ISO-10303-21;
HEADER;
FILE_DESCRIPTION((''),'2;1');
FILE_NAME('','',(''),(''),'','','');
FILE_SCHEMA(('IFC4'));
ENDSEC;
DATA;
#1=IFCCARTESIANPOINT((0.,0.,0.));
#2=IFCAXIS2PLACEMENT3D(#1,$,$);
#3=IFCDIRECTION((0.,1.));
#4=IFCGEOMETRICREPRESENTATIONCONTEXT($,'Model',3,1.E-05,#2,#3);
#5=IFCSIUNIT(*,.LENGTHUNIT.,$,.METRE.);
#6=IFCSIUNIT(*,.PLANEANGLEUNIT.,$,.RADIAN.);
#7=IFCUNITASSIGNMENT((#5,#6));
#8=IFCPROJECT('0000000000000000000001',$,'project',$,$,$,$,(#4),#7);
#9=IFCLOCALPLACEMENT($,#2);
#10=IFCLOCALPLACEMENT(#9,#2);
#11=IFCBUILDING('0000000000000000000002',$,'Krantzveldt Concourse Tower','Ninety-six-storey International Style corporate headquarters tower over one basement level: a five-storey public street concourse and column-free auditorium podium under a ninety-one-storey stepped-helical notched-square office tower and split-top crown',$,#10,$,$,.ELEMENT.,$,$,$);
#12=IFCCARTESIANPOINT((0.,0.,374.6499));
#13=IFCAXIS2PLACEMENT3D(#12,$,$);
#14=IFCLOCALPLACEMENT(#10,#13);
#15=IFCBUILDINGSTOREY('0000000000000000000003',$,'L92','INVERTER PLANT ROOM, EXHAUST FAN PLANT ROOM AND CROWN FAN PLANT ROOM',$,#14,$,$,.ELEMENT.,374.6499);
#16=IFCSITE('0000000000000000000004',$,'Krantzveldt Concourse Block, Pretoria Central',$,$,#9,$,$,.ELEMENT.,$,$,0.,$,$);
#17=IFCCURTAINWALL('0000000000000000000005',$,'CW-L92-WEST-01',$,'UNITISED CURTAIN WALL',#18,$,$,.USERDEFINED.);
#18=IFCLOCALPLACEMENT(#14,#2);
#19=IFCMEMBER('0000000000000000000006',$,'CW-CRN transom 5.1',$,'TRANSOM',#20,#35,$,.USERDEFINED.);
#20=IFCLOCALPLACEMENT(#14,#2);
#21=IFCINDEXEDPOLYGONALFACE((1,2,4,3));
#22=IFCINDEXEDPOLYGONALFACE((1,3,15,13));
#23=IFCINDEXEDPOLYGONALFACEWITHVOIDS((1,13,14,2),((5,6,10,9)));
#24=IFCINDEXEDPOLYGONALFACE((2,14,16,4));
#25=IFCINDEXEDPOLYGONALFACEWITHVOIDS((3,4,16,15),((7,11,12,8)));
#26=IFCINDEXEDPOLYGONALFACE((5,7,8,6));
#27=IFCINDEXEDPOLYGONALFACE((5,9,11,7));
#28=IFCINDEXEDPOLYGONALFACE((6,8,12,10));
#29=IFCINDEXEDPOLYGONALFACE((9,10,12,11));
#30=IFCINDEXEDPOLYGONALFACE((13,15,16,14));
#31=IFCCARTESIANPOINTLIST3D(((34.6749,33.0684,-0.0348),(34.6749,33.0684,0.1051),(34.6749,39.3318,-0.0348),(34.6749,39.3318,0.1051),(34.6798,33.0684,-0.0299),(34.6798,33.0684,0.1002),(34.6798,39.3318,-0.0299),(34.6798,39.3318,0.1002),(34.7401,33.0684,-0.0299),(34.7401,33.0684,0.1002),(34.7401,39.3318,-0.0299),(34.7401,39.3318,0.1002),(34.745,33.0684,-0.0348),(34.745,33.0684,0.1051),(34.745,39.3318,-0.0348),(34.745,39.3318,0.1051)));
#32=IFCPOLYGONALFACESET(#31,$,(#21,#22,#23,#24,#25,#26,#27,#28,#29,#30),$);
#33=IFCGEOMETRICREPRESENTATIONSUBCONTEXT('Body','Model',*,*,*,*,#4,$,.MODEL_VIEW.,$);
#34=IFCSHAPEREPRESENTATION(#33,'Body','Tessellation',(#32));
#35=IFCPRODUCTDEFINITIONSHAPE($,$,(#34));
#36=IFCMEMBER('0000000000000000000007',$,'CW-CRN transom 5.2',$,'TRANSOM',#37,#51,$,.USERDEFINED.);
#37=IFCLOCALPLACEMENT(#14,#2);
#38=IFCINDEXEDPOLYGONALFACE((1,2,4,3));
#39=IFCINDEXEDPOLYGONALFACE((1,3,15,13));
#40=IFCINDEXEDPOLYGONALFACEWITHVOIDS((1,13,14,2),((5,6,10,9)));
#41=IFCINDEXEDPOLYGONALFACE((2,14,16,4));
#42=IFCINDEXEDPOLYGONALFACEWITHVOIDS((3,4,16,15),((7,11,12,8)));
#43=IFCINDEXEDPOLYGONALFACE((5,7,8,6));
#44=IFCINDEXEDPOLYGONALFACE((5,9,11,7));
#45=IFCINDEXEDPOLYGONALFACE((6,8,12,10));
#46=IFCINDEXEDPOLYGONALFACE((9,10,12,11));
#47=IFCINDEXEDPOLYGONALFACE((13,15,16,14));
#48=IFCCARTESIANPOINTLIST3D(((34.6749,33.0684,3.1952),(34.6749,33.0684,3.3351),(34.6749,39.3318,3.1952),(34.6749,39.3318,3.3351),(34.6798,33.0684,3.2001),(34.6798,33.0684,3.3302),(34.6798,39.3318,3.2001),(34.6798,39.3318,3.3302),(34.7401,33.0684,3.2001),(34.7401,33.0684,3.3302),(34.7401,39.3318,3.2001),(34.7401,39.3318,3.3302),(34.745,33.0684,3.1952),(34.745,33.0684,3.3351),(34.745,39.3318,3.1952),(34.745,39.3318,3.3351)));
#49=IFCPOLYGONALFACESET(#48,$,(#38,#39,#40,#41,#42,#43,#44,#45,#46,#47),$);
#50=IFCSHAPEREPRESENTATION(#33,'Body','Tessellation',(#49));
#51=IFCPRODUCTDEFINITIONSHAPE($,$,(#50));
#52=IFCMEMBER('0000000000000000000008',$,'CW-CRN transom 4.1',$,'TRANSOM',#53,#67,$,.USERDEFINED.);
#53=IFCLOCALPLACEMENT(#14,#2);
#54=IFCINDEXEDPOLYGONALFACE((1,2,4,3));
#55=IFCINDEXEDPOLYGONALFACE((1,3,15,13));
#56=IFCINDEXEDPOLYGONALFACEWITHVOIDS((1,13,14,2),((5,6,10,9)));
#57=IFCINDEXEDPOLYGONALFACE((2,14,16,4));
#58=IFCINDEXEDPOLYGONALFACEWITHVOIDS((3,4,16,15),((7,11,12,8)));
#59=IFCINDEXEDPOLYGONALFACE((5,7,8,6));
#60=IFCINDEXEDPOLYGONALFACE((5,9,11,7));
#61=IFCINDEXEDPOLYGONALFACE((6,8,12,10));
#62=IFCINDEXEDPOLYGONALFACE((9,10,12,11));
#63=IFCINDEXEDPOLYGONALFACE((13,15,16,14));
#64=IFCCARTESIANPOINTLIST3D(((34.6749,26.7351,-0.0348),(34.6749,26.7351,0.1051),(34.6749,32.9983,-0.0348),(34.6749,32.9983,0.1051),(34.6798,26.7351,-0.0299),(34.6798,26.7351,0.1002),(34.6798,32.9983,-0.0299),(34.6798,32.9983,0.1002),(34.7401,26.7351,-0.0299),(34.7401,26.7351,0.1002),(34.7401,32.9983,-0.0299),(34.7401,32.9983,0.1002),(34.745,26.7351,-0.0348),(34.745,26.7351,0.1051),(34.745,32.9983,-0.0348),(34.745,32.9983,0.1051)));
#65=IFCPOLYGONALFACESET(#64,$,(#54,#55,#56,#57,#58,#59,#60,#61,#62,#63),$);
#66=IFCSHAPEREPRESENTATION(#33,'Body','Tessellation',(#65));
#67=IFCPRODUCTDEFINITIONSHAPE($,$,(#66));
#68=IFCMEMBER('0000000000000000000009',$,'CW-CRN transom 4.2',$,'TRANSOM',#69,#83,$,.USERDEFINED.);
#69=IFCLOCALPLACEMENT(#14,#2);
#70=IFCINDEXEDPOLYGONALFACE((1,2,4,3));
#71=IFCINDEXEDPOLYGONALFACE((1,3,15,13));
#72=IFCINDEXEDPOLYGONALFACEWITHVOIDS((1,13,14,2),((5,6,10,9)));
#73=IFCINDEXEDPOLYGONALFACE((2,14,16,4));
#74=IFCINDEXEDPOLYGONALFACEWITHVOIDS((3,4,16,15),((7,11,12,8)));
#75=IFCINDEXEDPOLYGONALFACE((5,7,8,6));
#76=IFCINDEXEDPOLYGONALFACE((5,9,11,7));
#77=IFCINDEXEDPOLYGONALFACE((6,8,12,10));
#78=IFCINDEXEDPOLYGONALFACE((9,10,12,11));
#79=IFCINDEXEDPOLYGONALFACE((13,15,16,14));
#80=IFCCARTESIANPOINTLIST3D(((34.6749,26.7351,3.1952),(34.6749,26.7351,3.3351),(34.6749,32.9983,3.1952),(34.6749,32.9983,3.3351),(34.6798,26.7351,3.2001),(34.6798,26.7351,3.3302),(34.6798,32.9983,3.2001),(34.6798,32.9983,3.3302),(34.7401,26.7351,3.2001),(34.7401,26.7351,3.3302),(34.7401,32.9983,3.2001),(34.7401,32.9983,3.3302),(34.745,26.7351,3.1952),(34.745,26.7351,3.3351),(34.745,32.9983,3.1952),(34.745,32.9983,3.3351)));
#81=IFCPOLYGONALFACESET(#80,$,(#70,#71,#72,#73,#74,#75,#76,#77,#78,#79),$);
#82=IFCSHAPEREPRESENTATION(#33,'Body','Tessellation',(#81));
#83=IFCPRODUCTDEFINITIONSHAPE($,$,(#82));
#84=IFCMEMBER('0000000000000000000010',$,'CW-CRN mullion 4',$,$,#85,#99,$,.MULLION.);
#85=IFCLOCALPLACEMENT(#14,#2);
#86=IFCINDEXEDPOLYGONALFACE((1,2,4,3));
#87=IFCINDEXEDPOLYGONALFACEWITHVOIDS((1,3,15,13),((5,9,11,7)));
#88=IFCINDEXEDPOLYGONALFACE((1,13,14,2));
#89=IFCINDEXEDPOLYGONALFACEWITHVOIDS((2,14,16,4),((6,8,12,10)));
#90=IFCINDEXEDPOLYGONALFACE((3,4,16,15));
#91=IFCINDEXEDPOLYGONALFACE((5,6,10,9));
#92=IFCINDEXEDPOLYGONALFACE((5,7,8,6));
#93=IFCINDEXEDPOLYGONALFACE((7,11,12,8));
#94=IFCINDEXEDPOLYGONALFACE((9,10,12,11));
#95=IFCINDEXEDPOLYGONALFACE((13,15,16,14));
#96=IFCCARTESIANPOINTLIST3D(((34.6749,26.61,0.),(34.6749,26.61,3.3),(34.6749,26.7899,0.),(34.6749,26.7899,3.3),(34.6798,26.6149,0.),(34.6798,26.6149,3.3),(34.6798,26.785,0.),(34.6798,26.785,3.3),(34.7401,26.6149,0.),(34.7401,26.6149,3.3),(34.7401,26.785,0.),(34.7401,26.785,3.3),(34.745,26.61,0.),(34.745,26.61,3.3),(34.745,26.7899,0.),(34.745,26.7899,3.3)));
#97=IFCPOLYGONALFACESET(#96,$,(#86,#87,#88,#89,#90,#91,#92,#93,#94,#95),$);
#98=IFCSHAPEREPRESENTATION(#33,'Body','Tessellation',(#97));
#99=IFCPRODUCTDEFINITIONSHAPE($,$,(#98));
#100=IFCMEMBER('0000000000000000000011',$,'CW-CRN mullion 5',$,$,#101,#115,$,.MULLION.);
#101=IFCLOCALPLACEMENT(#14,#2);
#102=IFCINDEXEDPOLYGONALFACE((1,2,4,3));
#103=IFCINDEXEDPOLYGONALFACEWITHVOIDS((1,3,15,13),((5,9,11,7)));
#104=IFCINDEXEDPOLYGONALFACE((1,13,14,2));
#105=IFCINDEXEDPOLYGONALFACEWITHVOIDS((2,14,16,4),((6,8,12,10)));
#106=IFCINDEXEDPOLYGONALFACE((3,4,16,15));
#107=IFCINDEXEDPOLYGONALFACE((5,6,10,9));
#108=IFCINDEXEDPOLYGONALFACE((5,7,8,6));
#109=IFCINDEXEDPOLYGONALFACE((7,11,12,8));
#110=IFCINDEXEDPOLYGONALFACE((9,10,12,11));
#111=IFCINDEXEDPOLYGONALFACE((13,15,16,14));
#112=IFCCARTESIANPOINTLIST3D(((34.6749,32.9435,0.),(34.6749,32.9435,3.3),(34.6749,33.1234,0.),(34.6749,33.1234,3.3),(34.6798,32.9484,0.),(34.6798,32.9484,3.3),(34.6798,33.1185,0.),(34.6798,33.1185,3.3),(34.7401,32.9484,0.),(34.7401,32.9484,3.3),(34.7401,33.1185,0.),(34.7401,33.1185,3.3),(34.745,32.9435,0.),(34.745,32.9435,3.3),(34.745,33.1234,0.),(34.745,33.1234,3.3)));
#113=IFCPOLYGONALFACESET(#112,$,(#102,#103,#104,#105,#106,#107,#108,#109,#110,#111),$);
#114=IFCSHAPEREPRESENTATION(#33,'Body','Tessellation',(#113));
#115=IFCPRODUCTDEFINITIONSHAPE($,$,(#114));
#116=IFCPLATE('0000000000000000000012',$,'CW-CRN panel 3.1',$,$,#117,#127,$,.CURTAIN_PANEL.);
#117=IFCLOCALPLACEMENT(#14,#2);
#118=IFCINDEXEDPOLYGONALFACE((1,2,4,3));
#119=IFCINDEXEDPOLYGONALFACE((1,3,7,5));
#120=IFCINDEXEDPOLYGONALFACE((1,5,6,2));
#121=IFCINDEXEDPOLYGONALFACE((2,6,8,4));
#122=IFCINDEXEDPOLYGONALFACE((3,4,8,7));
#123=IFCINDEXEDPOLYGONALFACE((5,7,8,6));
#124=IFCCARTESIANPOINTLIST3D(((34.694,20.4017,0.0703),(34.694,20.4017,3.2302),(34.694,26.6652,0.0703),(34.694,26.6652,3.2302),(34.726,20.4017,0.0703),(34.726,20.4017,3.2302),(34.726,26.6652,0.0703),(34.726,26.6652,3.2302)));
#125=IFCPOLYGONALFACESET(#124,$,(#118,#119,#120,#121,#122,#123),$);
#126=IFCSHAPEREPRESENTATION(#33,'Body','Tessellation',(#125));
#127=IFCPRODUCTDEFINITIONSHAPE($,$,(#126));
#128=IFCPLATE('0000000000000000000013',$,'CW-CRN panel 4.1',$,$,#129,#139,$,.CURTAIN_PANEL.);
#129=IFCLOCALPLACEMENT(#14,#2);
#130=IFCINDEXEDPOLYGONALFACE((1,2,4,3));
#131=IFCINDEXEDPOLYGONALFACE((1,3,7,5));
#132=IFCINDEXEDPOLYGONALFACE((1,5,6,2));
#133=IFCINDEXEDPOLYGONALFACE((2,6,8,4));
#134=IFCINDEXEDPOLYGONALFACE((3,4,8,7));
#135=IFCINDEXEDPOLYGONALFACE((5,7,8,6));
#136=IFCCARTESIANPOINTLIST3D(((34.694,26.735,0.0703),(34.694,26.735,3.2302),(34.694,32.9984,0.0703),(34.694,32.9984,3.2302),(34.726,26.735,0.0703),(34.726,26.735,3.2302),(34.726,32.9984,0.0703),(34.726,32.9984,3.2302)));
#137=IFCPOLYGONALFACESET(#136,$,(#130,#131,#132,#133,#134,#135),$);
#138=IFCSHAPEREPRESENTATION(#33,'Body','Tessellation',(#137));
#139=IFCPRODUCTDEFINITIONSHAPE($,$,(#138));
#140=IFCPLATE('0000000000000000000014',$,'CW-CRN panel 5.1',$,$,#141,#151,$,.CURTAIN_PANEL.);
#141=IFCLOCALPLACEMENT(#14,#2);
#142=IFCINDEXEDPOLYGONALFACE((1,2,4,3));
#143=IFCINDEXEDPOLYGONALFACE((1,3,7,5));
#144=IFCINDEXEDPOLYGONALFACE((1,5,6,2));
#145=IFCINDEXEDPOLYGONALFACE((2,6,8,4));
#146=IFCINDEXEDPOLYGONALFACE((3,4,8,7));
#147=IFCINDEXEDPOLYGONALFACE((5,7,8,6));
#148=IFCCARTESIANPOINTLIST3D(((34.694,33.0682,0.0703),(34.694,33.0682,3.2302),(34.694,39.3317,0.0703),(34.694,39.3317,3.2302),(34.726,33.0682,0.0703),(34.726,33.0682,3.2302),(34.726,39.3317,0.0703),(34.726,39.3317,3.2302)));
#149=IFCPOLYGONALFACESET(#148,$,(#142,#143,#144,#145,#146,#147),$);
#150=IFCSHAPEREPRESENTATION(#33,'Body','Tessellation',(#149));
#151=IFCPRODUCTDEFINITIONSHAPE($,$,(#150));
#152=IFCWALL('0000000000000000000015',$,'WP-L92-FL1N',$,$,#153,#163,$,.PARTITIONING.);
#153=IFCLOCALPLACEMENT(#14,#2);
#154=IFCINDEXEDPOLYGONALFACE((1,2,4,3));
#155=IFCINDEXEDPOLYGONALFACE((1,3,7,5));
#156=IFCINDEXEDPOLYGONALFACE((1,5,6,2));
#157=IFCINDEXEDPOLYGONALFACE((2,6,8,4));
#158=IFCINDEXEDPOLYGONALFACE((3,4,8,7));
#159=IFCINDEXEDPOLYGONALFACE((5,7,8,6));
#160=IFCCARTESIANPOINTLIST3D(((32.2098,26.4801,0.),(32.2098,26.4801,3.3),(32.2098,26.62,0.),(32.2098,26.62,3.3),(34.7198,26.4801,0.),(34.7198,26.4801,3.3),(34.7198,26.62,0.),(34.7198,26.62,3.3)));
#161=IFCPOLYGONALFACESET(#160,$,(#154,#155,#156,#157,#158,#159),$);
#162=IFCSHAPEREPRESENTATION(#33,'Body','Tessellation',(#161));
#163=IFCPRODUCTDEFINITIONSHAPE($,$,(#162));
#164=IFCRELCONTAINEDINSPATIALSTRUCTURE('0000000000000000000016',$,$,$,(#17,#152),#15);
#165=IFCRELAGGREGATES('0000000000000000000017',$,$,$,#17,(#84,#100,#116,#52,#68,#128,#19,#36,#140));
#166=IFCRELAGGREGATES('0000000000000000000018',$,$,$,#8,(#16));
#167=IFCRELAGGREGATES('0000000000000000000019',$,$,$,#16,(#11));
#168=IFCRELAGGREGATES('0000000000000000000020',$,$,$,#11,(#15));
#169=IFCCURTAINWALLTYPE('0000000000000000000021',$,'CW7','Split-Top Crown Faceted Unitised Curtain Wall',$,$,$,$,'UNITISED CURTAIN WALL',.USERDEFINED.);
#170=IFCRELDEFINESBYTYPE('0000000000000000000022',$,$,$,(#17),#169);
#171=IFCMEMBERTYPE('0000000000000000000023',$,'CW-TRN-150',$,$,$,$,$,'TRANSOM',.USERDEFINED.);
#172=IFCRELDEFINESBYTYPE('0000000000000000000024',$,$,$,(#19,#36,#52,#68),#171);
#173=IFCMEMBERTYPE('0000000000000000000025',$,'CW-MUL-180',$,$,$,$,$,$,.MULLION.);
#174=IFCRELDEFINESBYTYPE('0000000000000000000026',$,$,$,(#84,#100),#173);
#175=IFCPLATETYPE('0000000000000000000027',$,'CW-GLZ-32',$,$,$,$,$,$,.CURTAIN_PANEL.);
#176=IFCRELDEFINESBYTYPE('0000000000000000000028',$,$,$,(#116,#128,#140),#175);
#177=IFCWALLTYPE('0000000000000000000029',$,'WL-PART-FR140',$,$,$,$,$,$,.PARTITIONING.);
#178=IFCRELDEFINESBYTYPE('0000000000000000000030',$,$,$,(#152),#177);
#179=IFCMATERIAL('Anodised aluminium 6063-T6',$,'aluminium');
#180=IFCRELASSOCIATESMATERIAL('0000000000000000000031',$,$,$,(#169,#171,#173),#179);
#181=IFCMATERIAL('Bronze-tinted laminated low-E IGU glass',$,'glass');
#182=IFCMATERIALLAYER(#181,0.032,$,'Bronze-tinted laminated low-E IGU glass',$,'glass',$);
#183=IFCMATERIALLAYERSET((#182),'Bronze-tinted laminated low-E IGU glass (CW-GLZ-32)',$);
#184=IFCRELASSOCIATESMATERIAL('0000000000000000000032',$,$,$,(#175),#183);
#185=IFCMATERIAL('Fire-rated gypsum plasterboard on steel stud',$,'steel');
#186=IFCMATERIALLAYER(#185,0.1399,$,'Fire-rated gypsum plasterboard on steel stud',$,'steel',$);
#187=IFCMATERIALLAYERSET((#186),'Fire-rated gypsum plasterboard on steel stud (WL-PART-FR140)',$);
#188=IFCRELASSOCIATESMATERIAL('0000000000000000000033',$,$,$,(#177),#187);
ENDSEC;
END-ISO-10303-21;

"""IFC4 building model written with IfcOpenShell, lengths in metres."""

from ifc_helpers import new_model, si_unit, direction, frame, frame_2d, origin, origin_2d, place, context, subcontext, project, spatial, rectangle, hollow_rectangle, extrude, source, transform, mapped, material, layer, layer_set, material_profile, profile_set, type_object, type_shapes, element, aggregate, save


model = new_model("IFC4")

# Units and contexts
model_context = context("Model", 3, precision=1e-05, world=origin(), true_north=direction((0.0, 1.0)))
body_context = subcontext(model_context, "Body", "Model", "MODEL_VIEW")
ifc_project = project(units=[si_unit("LENGTHUNIT", "METRE"), si_unit("PLANEANGLEUNIT", "RADIAN")], contexts=[model_context])

# Site, building, storey
site_placement = place(None, origin())
site = spatial("IfcSite", under=ifc_project, at=site_placement, Name="Krantzveldt Concourse Block, Pretoria Central", CompositionType="ELEMENT", RefElevation=0.0)
building_placement = place(site_placement, origin())
building = spatial("IfcBuilding", under=site, at=building_placement, Name="Krantzveldt Concourse Tower", Description="Ninety-six-storey International Style corporate headquarters tower over one basement level: a five-storey public street concourse and column-free auditorium podium under a ninety-one-storey stepped-helical notched-square office tower and split-top crown", CompositionType="ELEMENT")
storey_placement = place(building_placement, frame((0.0, 0.0, 374.6499)))
storey = spatial("IfcBuildingStorey", under=building, at=storey_placement, Name="L92", Description="INVERTER PLANT ROOM, EXHAUST FAN PLANT ROOM AND CROWN FAN PLANT ROOM", CompositionType="ELEMENT", Elevation=374.6499)

# Curtain wall, members, plates
ifc_material_1 = material(Name="Anodised aluminium 6063-T6", Category="aluminium")
curtain_wall_type = type_object("IfcCurtainWallType", Name="CW7", Description="Split-Top Crown Faceted Unitised Curtain Wall", ElementType="UNITISED CURTAIN WALL", PredefinedType="USERDEFINED", material=ifc_material_1)
curtain_wall_placement = place(storey_placement, origin())
curtain_wall = element("IfcCurtainWall", 1, at=curtain_wall_placement, inside=storey, type_object=curtain_wall_type, Name="CW-L92-WEST-01", ObjectType="UNITISED CURTAIN WALL", PredefinedType="USERDEFINED")
ifc_material_profile_1 = material_profile(ifc_material_1, hollow_rectangle(XDim=0.0701, YDim=0.1399, WallThickness=0.0049, at=origin_2d()), Name="Anodised aluminium 6063-T6", Category="aluminium")
ifc_profile_set_1 = profile_set([ifc_material_profile_1], Name="Anodised aluminium 6063-T6 - ALU-TRAN 140x70x5")
member_type_1 = type_object("IfcMemberType", Name="CW-TRN-150", ElementType="TRANSOM", PredefinedType="USERDEFINED", material=ifc_profile_set_1)
shared_shape_1 = source(origin(), body_context, "Body", "SweptSolid", [
    extrude(hollow_rectangle(XDim=0.0701, YDim=0.1399, WallThickness=0.0049, at=origin_2d()), origin(), (0.0, 0.0, 1.0), 6.2634),
])
member_1_placement = place(storey_placement, frame((34.71, 33.0684, 0.0352), z_axis=(0.0, 1.0, 0.0), x_axis=(-1.0, 0.0, 0.0)))
member_1 = element("IfcMember", 2, at=member_1_placement, type_object=member_type_1, Name="CW-CRN transom 5.1", ObjectType="TRANSOM", PredefinedType="USERDEFINED", context=body_context, shape_type="MappedRepresentation", body=[
    mapped(shared_shape_1, transform((0.0, 0.0, 0.0), x_axis=(1.0, 0.0, 0.0), y_axis=(0.0, 1.0, 0.0), z_axis=(0.0, 0.0, 1.0), scale=1.0)),
])
member_2_placement = place(storey_placement, frame((34.71, 33.0684, 3.2651), z_axis=(0.0, 1.0, 0.0), x_axis=(-1.0, 0.0, 0.0)))
member_2 = element("IfcMember", 3, at=member_2_placement, type_object=member_type_1, Name="CW-CRN transom 5.2", ObjectType="TRANSOM", PredefinedType="USERDEFINED", context=body_context, shape_type="MappedRepresentation", body=[
    mapped(shared_shape_1, transform((0.0, 0.0, 0.0), x_axis=(1.0, 0.0, 0.0), y_axis=(0.0, 1.0, 0.0), z_axis=(0.0, 0.0, 1.0), scale=1.0)),
])
shared_shape_2 = source(origin(), body_context, "Body", "SweptSolid", [
    extrude(hollow_rectangle(XDim=0.0701, YDim=0.1399, WallThickness=0.0049, at=origin_2d()), origin(), (0.0, 0.0, 1.0), 6.2632),
])
type_shapes(member_type_1, [shared_shape_1, shared_shape_2])
member_3_placement = place(storey_placement, frame((34.71, 26.7351, 0.0352), z_axis=(0.0, 1.0, 0.0), x_axis=(-1.0, 0.0, 0.0)))
member_3 = element("IfcMember", 4, at=member_3_placement, type_object=member_type_1, Name="CW-CRN transom 4.1", ObjectType="TRANSOM", PredefinedType="USERDEFINED", context=body_context, shape_type="MappedRepresentation", body=[
    mapped(shared_shape_2, transform((0.0, 0.0, 0.0), x_axis=(1.0, 0.0, 0.0), y_axis=(0.0, 1.0, 0.0), z_axis=(0.0, 0.0, 1.0), scale=1.0)),
])
member_4_placement = place(storey_placement, frame((34.71, 26.7351, 3.2651), z_axis=(0.0, 1.0, 0.0), x_axis=(-1.0, 0.0, 0.0)))
member_4 = element("IfcMember", 5, at=member_4_placement, type_object=member_type_1, Name="CW-CRN transom 4.2", ObjectType="TRANSOM", PredefinedType="USERDEFINED", context=body_context, shape_type="MappedRepresentation", body=[
    mapped(shared_shape_2, transform((0.0, 0.0, 0.0), x_axis=(1.0, 0.0, 0.0), y_axis=(0.0, 1.0, 0.0), z_axis=(0.0, 0.0, 1.0), scale=1.0)),
])
ifc_material_profile_2 = material_profile(ifc_material_1, hollow_rectangle(XDim=0.0701, YDim=0.1799, WallThickness=0.0049, at=origin_2d()), Name="Anodised aluminium 6063-T6", Category="aluminium")
ifc_profile_set_2 = profile_set([ifc_material_profile_2], Name="Anodised aluminium 6063-T6 - ALU-MULL 180x70x5")
member_type_2 = type_object("IfcMemberType", Name="CW-MUL-180", PredefinedType="MULLION", material=ifc_profile_set_2)
shared_shape_3 = source(origin(), body_context, "Body", "SweptSolid", [
    extrude(hollow_rectangle(XDim=0.0701, YDim=0.1799, WallThickness=0.0049, at=origin_2d()), origin(), (0.0, 0.0, 1.0), 3.3),
])
type_shapes(member_type_2, [shared_shape_3])
member_5_placement = place(storey_placement, frame((34.71, 26.7, 0.0), z_axis=(0.0, 0.0, 1.0), x_axis=(-1.0, 0.0, 0.0)))
member_5 = element("IfcMember", 6, at=member_5_placement, type_object=member_type_2, Name="CW-CRN mullion 4", PredefinedType="MULLION", context=body_context, shape_type="MappedRepresentation", body=[
    mapped(shared_shape_3, transform((0.0, 0.0, 0.0), x_axis=(1.0, 0.0, 0.0), y_axis=(0.0, 1.0, 0.0), z_axis=(0.0, 0.0, 1.0), scale=1.0)),
])
member_6_placement = place(storey_placement, frame((34.71, 33.0334, 0.0), z_axis=(0.0, 0.0, 1.0), x_axis=(-1.0, 0.0, 0.0)))
member_6 = element("IfcMember", 7, at=member_6_placement, type_object=member_type_2, Name="CW-CRN mullion 5", PredefinedType="MULLION", context=body_context, shape_type="MappedRepresentation", body=[
    mapped(shared_shape_3, transform((0.0, 0.0, 0.0), x_axis=(1.0, 0.0, 0.0), y_axis=(0.0, 1.0, 0.0), z_axis=(0.0, 0.0, 1.0), scale=1.0)),
])
ifc_material_2 = material(Name="Bronze-tinted laminated low-E IGU glass", Category="glass")
ifc_layer_1 = layer(ifc_material_2, 0.032, Name="Bronze-tinted laminated low-E IGU glass", Category="glass")
ifc_layer_set_1 = layer_set([ifc_layer_1], Name="Bronze-tinted laminated low-E IGU glass (CW-GLZ-32)")
plate_type = type_object("IfcPlateType", Name="CW-GLZ-32", PredefinedType="CURTAIN_PANEL", material=ifc_layer_set_1)
shared_shape_4 = source(origin(), body_context, "Body", "SweptSolid", [
    extrude(rectangle(XDim=6.2634, YDim=0.032, at=origin_2d()), origin(), (0.0, 0.0, 1.0), 3.1599),
])
type_shapes(plate_type, [shared_shape_4])
plate_1_placement = place(storey_placement, frame((34.71, 23.5334, 0.0703), z_axis=(0.0, 0.0, 1.0), x_axis=(0.0, 1.0, 0.0)))
plate_1 = element("IfcPlate", 8, at=plate_1_placement, type_object=plate_type, Name="CW-CRN panel 3.1", PredefinedType="CURTAIN_PANEL", context=body_context, shape_type="MappedRepresentation", body=[
    mapped(shared_shape_4, transform((0.0, 0.0, 0.0), x_axis=(1.0, 0.0, 0.0), y_axis=(0.0, 1.0, 0.0), z_axis=(0.0, 0.0, 1.0), scale=1.0)),
])
plate_2_placement = place(storey_placement, frame((34.71, 29.8667, 0.0703), z_axis=(0.0, 0.0, 1.0), x_axis=(0.0, 1.0, 0.0)))
plate_2 = element("IfcPlate", 9, at=plate_2_placement, type_object=plate_type, Name="CW-CRN panel 4.1", PredefinedType="CURTAIN_PANEL", context=body_context, shape_type="MappedRepresentation", body=[
    mapped(shared_shape_4, transform((0.0, 0.0, 0.0), x_axis=(1.0, 0.0, 0.0), y_axis=(0.0, 1.0, 0.0), z_axis=(0.0, 0.0, 1.0), scale=1.0)),
])
plate_3_placement = place(storey_placement, frame((34.71, 36.2, 0.0703), z_axis=(0.0, 0.0, 1.0), x_axis=(0.0, 1.0, 0.0)))
plate_3 = element("IfcPlate", 10, at=plate_3_placement, type_object=plate_type, Name="CW-CRN panel 5.1", PredefinedType="CURTAIN_PANEL", context=body_context, shape_type="MappedRepresentation", body=[
    mapped(shared_shape_4, transform((0.0, 0.0, 0.0), x_axis=(1.0, 0.0, 0.0), y_axis=(0.0, 1.0, 0.0), z_axis=(0.0, 0.0, 1.0), scale=1.0)),
])
aggregate(curtain_wall, [member_5, member_6, plate_1, member_3, member_4, plate_2, member_1, member_2, plate_3])

# Wall
ifc_material_3 = material(Name="Fire-rated gypsum plasterboard on steel stud", Category="steel")
ifc_layer_2 = layer(ifc_material_3, 0.1399, Name="Fire-rated gypsum plasterboard on steel stud", Category="steel")
ifc_layer_set_2 = layer_set([ifc_layer_2], Name="Fire-rated gypsum plasterboard on steel stud (WL-PART-FR140)")
wall_type_1 = type_object("IfcWallType", Name="WL-PART-FR140", PredefinedType="PARTITIONING", material=ifc_layer_set_2)
wall_1_placement = place(storey_placement, frame((32.21, 26.55, 0.0), z_axis=(0.0, 0.0, 1.0), x_axis=(1.0, 0.0, 0.0)))
element("IfcWall", 11, at=wall_1_placement, inside=storey, type_object=wall_type_1, Name="WP-L92-FL1N", PredefinedType="PARTITIONING", context=body_context, shape_type="SweptSolid", body=[
    extrude(rectangle(XDim=2.51, YDim=0.1399, at=frame_2d((1.2549, 0.0))), origin(), (0.0, 0.0, 1.0), 3.3),
])

save(model, "model.ifc")
